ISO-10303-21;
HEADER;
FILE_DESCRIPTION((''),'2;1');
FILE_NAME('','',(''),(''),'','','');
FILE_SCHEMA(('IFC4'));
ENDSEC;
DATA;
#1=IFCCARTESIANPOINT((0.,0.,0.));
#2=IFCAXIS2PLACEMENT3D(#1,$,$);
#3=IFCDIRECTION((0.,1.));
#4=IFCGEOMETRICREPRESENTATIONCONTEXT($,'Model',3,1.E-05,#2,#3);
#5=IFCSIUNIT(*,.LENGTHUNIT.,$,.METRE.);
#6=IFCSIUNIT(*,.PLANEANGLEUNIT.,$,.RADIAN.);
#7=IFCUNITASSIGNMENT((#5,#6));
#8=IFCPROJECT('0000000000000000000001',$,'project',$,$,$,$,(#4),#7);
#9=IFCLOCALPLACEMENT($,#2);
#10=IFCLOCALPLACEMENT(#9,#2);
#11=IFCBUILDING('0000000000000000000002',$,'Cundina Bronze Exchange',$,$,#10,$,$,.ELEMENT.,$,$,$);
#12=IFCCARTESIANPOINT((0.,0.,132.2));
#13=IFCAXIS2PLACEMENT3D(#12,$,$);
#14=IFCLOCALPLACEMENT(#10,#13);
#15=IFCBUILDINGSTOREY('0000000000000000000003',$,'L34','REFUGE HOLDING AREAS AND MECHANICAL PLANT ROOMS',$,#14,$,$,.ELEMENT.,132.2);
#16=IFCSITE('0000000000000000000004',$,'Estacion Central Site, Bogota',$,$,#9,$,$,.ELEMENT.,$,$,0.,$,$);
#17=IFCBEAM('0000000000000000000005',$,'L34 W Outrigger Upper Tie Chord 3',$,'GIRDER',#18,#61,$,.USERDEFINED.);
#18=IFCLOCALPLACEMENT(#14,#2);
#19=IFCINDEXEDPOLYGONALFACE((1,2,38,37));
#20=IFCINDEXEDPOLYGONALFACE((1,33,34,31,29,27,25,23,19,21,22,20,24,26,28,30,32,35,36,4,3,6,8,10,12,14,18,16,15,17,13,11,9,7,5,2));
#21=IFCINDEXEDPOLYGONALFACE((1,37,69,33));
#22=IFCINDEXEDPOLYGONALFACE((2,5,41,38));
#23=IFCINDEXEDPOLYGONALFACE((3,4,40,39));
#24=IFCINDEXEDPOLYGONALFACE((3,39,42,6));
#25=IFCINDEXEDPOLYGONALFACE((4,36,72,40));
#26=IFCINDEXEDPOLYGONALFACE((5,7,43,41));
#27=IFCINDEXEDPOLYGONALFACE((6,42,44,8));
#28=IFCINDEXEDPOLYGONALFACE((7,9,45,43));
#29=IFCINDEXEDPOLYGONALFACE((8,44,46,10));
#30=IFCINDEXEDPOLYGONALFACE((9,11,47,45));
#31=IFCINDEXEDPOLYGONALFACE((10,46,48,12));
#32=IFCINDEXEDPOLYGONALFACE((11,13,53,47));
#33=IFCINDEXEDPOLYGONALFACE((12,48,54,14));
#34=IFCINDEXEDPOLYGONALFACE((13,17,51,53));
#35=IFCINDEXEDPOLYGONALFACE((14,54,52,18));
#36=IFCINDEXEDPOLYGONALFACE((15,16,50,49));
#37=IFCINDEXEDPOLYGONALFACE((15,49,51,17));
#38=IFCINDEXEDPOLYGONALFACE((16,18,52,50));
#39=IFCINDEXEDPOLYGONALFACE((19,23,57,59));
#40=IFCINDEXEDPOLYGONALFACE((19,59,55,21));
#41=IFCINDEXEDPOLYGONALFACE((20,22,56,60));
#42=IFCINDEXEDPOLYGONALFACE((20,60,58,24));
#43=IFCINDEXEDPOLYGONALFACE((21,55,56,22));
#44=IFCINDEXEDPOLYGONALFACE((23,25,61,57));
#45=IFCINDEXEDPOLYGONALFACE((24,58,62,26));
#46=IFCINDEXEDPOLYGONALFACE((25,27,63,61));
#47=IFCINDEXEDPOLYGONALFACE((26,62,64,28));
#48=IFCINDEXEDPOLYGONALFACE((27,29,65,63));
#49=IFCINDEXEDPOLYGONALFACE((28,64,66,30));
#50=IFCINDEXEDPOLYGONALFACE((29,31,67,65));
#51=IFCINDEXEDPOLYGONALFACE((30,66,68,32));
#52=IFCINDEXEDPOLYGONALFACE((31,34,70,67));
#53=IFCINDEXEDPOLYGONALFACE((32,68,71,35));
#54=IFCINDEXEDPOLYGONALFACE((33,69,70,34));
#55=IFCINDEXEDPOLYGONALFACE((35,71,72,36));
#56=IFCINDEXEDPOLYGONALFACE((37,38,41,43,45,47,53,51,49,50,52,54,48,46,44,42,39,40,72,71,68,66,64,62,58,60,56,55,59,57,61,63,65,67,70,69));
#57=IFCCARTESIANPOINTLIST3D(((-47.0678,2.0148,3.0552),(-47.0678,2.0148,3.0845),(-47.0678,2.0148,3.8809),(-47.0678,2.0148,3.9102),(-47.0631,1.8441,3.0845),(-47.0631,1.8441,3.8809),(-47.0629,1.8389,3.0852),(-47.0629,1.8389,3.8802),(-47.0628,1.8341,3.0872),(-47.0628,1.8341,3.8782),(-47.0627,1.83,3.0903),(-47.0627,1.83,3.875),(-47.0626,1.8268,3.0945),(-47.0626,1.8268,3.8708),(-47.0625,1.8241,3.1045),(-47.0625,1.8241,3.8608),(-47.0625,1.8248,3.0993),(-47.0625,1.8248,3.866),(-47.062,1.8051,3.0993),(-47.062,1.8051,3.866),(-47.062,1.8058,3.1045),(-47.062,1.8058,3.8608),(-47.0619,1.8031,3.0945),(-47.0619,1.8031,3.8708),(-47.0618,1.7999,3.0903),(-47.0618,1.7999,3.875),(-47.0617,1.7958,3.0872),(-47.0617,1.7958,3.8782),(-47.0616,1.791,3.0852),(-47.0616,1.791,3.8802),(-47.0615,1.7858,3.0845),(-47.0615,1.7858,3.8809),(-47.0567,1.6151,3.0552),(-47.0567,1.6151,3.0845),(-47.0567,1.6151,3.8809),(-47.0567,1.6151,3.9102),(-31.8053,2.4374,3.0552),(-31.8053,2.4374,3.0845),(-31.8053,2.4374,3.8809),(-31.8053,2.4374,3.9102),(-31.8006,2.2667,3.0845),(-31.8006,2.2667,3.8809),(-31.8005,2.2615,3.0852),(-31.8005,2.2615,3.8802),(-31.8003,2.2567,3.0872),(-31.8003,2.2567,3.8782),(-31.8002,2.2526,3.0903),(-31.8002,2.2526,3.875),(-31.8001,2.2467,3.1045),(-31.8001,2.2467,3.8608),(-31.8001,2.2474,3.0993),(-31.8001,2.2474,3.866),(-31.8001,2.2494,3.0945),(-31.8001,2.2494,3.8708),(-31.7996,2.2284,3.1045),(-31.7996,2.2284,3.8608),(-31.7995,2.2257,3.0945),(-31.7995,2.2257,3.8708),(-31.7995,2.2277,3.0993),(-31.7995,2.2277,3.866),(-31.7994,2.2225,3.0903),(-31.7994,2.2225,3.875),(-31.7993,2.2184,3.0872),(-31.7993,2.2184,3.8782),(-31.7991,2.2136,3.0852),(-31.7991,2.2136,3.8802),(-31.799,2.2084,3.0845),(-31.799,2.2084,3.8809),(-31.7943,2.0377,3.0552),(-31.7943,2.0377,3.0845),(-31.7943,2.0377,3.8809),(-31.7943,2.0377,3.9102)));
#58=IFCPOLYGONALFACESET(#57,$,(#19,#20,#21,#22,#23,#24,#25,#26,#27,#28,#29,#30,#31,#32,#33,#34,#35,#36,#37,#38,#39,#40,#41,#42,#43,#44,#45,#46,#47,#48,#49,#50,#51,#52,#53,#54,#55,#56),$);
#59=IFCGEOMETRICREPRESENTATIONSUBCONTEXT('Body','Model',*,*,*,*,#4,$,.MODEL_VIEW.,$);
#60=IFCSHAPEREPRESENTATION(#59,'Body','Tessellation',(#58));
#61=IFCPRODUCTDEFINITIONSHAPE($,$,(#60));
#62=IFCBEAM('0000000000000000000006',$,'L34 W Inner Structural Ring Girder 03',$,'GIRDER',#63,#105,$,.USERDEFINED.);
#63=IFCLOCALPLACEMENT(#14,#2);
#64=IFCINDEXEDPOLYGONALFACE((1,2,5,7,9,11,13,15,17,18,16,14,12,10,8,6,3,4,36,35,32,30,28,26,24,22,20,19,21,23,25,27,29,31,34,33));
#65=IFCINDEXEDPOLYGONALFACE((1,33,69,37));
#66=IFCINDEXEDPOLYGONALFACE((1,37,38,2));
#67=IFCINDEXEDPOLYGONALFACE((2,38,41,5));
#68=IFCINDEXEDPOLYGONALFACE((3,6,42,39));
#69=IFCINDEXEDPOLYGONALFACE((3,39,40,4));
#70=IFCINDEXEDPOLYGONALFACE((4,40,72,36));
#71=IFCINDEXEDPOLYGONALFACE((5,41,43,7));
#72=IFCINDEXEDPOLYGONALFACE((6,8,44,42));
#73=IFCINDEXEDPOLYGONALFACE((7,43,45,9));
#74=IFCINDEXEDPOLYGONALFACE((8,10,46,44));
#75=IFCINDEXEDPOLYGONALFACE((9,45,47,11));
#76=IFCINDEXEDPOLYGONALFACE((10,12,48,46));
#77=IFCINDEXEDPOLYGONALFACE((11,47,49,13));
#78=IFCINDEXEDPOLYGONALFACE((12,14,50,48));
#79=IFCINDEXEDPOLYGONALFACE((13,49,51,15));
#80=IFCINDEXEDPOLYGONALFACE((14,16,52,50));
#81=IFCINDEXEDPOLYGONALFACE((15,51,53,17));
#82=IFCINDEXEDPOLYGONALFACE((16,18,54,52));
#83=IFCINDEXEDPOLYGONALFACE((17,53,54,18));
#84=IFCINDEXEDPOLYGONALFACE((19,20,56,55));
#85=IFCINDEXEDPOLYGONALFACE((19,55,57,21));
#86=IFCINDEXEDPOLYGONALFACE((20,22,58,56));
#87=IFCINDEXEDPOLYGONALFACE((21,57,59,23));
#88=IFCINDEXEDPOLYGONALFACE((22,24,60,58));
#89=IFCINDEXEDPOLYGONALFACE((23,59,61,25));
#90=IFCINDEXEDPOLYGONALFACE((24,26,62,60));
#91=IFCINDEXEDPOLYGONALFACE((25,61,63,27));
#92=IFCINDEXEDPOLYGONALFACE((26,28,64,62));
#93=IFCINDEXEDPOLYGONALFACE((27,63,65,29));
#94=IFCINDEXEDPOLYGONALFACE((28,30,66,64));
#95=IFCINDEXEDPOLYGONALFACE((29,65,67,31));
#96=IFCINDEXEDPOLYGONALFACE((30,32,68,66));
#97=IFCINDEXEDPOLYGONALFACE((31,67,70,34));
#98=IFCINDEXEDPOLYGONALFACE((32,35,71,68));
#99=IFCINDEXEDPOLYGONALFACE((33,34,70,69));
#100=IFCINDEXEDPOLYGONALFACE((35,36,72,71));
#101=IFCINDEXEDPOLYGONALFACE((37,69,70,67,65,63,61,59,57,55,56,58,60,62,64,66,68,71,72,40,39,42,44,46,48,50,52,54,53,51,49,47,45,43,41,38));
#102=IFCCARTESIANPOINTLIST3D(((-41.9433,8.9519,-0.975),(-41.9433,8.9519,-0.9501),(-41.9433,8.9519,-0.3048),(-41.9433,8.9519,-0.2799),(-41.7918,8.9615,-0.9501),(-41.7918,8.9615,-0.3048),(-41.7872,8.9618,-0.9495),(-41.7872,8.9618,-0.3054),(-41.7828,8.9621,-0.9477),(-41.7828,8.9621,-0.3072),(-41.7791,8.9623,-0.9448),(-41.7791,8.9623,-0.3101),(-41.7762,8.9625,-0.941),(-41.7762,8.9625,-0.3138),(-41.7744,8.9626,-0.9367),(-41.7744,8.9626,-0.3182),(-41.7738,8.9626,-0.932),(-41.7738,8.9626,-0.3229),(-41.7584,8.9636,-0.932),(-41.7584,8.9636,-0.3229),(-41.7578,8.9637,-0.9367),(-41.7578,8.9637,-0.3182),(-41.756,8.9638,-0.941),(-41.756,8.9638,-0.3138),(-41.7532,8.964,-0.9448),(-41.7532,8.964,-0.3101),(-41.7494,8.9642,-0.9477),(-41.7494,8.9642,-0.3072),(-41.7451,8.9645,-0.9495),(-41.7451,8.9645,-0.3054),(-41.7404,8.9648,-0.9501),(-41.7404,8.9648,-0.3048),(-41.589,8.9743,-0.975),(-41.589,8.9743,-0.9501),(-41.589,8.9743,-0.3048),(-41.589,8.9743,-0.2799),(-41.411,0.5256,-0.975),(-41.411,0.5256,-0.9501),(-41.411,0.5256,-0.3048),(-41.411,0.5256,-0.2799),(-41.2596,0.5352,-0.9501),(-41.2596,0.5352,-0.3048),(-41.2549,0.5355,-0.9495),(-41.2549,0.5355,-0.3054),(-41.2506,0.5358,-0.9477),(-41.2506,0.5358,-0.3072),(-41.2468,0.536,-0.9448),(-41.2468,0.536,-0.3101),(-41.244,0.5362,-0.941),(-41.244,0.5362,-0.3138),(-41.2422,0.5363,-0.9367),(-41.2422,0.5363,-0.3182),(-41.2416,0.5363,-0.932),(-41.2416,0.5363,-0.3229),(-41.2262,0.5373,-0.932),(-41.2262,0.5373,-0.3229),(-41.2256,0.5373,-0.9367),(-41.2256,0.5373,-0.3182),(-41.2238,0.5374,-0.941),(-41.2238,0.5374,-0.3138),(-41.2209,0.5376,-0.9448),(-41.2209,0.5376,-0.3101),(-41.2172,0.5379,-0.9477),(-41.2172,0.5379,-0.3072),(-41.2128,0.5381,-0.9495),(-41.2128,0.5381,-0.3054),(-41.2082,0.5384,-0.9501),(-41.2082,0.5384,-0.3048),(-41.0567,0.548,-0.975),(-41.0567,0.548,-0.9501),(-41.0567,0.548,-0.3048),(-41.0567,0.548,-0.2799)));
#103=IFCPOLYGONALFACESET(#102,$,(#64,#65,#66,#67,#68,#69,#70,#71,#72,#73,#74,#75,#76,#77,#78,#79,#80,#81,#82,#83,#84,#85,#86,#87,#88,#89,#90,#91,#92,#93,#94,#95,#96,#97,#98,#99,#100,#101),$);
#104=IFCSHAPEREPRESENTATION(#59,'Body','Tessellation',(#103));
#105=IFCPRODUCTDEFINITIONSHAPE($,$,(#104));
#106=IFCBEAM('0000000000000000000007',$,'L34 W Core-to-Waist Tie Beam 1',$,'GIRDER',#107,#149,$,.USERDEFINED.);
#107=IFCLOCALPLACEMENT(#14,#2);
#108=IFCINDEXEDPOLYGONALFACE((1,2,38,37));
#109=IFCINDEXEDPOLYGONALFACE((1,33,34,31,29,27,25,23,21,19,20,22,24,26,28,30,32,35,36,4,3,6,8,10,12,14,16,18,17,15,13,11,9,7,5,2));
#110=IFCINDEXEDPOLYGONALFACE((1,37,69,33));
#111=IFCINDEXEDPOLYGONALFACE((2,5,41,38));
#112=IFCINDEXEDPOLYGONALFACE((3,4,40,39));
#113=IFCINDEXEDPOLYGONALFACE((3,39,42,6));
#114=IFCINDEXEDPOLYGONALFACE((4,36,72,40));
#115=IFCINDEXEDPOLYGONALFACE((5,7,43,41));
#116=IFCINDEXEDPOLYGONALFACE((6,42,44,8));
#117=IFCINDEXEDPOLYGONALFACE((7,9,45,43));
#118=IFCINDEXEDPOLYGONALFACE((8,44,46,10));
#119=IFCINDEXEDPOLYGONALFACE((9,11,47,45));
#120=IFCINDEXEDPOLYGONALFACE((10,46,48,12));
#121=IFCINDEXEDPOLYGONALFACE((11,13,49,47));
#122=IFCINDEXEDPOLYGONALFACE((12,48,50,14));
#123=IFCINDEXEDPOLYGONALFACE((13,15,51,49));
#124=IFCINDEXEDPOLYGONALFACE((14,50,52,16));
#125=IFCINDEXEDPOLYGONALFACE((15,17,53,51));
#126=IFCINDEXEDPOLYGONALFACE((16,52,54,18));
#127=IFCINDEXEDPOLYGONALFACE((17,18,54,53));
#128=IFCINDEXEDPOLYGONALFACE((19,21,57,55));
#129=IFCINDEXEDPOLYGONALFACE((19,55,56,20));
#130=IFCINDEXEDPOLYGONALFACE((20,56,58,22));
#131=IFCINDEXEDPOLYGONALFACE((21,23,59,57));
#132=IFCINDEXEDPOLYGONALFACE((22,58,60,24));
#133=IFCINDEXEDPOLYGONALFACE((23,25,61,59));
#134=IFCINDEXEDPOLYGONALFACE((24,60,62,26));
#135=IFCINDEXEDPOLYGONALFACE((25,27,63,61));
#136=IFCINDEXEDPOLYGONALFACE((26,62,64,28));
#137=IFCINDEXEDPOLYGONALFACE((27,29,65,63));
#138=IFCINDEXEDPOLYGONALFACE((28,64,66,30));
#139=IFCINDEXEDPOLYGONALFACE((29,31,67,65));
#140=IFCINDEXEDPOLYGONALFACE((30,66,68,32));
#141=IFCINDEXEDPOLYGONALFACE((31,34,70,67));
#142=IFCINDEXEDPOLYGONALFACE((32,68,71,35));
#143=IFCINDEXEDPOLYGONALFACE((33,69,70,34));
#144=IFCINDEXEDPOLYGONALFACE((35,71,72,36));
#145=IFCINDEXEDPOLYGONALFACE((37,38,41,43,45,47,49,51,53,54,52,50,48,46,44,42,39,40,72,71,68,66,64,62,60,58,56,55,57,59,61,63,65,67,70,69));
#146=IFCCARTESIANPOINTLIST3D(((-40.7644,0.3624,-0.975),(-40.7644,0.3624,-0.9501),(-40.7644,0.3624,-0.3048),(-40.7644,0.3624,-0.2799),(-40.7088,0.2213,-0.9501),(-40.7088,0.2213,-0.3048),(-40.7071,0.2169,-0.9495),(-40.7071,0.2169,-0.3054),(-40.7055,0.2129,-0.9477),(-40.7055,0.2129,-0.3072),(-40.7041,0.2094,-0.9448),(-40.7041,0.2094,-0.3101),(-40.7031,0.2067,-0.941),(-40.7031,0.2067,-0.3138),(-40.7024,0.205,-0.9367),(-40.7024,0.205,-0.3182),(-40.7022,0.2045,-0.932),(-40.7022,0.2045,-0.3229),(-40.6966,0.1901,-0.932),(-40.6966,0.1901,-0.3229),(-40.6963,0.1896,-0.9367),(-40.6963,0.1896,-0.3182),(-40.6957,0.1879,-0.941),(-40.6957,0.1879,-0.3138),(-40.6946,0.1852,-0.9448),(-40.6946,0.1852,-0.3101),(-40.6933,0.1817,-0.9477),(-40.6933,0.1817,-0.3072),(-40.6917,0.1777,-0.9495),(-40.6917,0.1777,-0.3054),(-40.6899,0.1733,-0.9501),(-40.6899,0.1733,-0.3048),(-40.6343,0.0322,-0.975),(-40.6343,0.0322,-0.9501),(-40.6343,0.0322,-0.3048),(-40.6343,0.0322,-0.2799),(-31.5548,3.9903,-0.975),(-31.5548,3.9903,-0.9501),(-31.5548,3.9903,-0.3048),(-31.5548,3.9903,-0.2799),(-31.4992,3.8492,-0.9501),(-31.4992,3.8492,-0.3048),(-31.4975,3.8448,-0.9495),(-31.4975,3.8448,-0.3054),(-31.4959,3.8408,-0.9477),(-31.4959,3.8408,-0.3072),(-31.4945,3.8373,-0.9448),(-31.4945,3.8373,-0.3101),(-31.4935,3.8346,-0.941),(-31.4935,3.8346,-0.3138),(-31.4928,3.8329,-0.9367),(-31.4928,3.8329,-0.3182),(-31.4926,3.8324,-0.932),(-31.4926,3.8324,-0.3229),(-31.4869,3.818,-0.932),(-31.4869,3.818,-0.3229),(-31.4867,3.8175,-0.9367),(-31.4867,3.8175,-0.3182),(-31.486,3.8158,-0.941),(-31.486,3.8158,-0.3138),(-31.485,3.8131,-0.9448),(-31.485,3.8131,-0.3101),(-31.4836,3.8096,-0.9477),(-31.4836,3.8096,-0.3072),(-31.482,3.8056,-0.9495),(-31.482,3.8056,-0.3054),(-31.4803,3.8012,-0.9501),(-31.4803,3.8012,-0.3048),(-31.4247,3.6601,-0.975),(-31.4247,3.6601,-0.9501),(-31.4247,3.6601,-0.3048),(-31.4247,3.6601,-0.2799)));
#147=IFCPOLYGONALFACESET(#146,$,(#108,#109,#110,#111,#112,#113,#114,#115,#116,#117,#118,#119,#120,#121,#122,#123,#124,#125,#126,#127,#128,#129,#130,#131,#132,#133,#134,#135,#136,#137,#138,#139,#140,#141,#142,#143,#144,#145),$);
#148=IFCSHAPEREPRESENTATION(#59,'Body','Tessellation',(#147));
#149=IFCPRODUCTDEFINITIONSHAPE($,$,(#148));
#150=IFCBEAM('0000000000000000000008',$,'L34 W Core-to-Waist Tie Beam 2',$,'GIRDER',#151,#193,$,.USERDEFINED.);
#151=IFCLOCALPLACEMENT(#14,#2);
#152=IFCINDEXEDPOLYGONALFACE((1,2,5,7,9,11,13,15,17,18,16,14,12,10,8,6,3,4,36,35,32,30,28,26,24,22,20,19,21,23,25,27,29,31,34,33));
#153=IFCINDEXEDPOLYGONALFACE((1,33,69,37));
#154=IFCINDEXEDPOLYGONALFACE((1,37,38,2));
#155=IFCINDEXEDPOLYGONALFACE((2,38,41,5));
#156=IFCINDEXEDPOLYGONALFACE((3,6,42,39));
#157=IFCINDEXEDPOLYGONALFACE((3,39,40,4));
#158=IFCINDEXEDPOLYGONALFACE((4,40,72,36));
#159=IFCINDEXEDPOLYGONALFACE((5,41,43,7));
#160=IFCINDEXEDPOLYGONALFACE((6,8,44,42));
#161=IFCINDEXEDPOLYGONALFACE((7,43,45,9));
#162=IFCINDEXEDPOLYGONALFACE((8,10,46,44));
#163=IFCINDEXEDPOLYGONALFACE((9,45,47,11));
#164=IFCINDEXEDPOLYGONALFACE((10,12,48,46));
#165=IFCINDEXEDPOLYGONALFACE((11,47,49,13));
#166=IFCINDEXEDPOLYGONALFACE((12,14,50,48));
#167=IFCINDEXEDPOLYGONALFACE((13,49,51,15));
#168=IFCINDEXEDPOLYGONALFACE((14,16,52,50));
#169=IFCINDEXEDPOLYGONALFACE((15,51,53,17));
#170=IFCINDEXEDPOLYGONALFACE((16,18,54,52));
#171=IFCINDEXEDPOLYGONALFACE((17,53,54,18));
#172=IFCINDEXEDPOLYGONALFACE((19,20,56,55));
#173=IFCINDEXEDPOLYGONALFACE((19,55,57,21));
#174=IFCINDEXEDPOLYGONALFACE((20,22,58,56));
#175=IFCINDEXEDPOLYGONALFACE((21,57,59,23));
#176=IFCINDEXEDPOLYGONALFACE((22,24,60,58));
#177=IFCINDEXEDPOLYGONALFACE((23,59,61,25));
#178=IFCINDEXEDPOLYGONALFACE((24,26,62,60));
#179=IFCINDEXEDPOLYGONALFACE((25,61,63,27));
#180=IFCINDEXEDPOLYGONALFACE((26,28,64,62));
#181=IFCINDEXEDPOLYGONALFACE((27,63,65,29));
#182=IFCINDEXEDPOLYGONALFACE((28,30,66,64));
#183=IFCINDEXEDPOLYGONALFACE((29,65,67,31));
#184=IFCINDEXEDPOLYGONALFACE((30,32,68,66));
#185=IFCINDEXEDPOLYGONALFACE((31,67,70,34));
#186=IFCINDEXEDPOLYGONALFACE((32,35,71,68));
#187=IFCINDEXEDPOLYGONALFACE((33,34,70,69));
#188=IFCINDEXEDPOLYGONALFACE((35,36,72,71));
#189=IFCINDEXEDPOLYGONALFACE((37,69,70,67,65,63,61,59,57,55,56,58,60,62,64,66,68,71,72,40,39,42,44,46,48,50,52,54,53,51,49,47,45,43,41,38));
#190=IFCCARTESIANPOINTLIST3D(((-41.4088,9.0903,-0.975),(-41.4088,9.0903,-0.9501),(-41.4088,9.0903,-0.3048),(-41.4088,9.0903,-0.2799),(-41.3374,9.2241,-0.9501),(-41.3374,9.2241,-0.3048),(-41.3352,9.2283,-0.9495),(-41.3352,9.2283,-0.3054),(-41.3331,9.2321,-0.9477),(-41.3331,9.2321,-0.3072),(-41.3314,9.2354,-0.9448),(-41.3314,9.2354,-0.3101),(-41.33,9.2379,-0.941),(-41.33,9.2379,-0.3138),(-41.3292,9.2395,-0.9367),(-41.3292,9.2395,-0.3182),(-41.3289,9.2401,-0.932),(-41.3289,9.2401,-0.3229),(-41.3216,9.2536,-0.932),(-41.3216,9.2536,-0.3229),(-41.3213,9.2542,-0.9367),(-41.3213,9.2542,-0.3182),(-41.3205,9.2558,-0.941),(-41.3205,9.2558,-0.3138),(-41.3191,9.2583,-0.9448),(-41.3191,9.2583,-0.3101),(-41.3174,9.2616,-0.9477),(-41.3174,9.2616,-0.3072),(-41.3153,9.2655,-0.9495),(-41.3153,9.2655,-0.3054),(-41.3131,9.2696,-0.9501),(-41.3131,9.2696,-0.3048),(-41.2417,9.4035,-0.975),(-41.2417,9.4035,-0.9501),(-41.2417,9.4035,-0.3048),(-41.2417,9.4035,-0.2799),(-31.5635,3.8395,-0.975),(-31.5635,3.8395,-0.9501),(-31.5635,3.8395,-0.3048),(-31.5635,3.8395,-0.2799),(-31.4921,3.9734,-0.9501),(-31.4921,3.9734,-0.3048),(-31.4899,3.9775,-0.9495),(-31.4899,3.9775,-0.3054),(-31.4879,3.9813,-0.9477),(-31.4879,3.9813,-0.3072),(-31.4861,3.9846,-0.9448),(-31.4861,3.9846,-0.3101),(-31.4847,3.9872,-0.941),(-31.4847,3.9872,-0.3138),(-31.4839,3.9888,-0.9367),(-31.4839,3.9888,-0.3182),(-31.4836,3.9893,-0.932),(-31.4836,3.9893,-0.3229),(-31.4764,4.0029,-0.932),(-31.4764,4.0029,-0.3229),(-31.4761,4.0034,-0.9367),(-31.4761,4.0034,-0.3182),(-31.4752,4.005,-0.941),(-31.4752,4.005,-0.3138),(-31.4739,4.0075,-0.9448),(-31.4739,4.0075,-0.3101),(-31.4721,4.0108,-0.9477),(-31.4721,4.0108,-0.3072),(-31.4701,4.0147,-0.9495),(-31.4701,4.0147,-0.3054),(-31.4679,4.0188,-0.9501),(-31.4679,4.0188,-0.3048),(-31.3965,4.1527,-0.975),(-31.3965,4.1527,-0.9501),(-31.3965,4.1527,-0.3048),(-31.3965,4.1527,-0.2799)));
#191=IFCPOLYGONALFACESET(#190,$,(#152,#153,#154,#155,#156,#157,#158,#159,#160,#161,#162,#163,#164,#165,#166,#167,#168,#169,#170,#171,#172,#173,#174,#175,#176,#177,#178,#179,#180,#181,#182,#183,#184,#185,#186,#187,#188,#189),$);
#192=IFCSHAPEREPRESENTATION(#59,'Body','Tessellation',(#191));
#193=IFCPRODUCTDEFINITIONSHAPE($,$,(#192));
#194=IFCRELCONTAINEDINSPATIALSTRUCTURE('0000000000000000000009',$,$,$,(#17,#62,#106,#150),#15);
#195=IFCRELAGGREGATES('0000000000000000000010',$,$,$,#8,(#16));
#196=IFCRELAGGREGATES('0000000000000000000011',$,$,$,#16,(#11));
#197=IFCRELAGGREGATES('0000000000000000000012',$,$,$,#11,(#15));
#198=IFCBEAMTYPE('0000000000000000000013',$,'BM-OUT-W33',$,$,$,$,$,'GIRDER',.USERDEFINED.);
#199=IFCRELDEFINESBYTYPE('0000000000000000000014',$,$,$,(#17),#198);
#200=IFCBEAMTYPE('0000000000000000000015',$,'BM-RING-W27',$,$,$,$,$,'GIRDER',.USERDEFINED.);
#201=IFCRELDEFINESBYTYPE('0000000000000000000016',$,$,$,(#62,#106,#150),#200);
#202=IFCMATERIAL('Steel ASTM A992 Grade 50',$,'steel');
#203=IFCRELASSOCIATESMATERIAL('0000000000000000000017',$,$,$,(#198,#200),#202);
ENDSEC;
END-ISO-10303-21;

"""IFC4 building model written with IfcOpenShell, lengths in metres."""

from ifc_helpers import new_model, si_unit, direction, frame, origin, origin_2d, place, context, subcontext, project, spatial, i_section, extrude, material, material_profile, profile_set, type_object, element, save


model = new_model("IFC4")

# Units and contexts
model_context = context("Model", 3, precision=1e-05, world=origin(), true_north=direction((0.0, 1.0)))
body_context = subcontext(model_context, "Body", "Model", "MODEL_VIEW")
ifc_project = project(units=[si_unit("LENGTHUNIT", "METRE"), si_unit("PLANEANGLEUNIT", "RADIAN")], contexts=[model_context])

# Site, building, storey
site_placement = place(None, origin())
site = spatial("IfcSite", under=ifc_project, at=site_placement, Name="Estacion Central Site, Bogota", CompositionType="ELEMENT", RefElevation=0.0)
building_placement = place(site_placement, origin())
building = spatial("IfcBuilding", under=site, at=building_placement, Name="Cundina Bronze Exchange", CompositionType="ELEMENT")
storey_placement = place(building_placement, frame((0.0, 0.0, 132.2)))
storey = spatial("IfcBuildingStorey", under=building, at=storey_placement, Name="L34", Description="REFUGE HOLDING AREAS AND MECHANICAL PLANT ROOMS", CompositionType="ELEMENT", Elevation=132.2)

# Beams
ifc_material_1 = material(Name="Steel ASTM A992 Grade 50", Category="steel")
ifc_material_profile_1 = material_profile(ifc_material_1, i_section(OverallWidth=0.3999, OverallDepth=0.855, WebThickness=0.0183, FlangeThickness=0.0293, FilletRadius=0.02, at=origin_2d()), Name="W33X201", Category="steel")
ifc_profile_set_1 = profile_set([ifc_material_profile_1], Name="Steel ASTM A992 Grade 50")
beam_type_1 = type_object("IfcBeamType", Name="BM-OUT-W33", ElementType="GIRDER", PredefinedType="USERDEFINED", material=ifc_profile_set_1)
beam_1_placement = place(storey_placement, frame((-31.7998, 2.2375, 3.4827), z_axis=(-0.999617, -0.027679, 0.0), x_axis=(0.027679, -0.999617, 0.0)))
element("IfcBeam", 1, at=beam_1_placement, inside=storey, type_object=beam_type_1, Name="L34 W Outrigger Upper Tie Chord 3", ObjectType="GIRDER", PredefinedType="USERDEFINED", context=body_context, shape_type="SweptSolid", body=[
    extrude(i_section(OverallWidth=0.3999, OverallDepth=0.855, WebThickness=0.0183, FlangeThickness=0.0293, FilletRadius=0.02, at=origin_2d()), origin(), (0.0, 0.0, 1.0), 15.2683),
])
ifc_material_profile_2 = material_profile(ifc_material_1, i_section(OverallWidth=0.355, OverallDepth=0.6951, WebThickness=0.0154, FlangeThickness=0.0249, FilletRadius=0.0181, at=origin_2d()), Name="W27X146", Category="steel")
ifc_profile_set_2 = profile_set([ifc_material_profile_2], Name="Steel ASTM A992 Grade 50")
beam_type_2 = type_object("IfcBeamType", Name="BM-RING-W27", ElementType="GIRDER", PredefinedType="USERDEFINED", material=ifc_profile_set_2)
beam_2_placement = place(storey_placement, frame((-41.7661, 8.9631, -0.6274), z_axis=(0.063037, -0.998011, 0.0), x_axis=(0.998011, 0.063037, 0.0)))
element("IfcBeam", 2, at=beam_2_placement, inside=storey, type_object=beam_type_2, Name="L34 W Inner Structural Ring Girder 03", ObjectType="GIRDER", PredefinedType="USERDEFINED", context=body_context, shape_type="SweptSolid", body=[
    extrude(i_section(OverallWidth=0.355, OverallDepth=0.6951, WebThickness=0.0154, FlangeThickness=0.0249, FilletRadius=0.0181, at=origin_2d()), origin(), (0.0, 0.0, 1.0), 8.4431),
])
beam_3_placement = place(storey_placement, frame((-31.4897, 3.8252, -0.6274), z_axis=(-0.930413, -0.366512, 0.0), x_axis=(0.366512, -0.930413, 0.0)))
element("IfcBeam", 3, at=beam_3_placement, inside=storey, type_object=beam_type_2, Name="L34 W Core-to-Waist Tie Beam 1", ObjectType="GIRDER", PredefinedType="USERDEFINED", context=body_context, shape_type="SweptSolid", body=[
    extrude(i_section(OverallWidth=0.355, OverallDepth=0.6951, WebThickness=0.0154, FlangeThickness=0.0249, FilletRadius=0.0181, at=origin_2d()), origin(), (0.0, 0.0, 1.0), 9.8984),
])
beam_4_placement = place(storey_placement, frame((-31.48, 3.9961, -0.6274), z_axis=(-0.882355, 0.470585, 0.0), x_axis=(-0.470585, -0.882355, 0.0)))
element("IfcBeam", 4, at=beam_4_placement, inside=storey, type_object=beam_type_2, Name="L34 W Core-to-Waist Tie Beam 2", ObjectType="GIRDER", PredefinedType="USERDEFINED", context=body_context, shape_type="SweptSolid", body=[
    extrude(i_section(OverallWidth=0.355, OverallDepth=0.6951, WebThickness=0.0154, FlangeThickness=0.0249, FilletRadius=0.0181, at=origin_2d()), origin(), (0.0, 0.0, 1.0), 11.158),
])

save(model, "model.ifc")
